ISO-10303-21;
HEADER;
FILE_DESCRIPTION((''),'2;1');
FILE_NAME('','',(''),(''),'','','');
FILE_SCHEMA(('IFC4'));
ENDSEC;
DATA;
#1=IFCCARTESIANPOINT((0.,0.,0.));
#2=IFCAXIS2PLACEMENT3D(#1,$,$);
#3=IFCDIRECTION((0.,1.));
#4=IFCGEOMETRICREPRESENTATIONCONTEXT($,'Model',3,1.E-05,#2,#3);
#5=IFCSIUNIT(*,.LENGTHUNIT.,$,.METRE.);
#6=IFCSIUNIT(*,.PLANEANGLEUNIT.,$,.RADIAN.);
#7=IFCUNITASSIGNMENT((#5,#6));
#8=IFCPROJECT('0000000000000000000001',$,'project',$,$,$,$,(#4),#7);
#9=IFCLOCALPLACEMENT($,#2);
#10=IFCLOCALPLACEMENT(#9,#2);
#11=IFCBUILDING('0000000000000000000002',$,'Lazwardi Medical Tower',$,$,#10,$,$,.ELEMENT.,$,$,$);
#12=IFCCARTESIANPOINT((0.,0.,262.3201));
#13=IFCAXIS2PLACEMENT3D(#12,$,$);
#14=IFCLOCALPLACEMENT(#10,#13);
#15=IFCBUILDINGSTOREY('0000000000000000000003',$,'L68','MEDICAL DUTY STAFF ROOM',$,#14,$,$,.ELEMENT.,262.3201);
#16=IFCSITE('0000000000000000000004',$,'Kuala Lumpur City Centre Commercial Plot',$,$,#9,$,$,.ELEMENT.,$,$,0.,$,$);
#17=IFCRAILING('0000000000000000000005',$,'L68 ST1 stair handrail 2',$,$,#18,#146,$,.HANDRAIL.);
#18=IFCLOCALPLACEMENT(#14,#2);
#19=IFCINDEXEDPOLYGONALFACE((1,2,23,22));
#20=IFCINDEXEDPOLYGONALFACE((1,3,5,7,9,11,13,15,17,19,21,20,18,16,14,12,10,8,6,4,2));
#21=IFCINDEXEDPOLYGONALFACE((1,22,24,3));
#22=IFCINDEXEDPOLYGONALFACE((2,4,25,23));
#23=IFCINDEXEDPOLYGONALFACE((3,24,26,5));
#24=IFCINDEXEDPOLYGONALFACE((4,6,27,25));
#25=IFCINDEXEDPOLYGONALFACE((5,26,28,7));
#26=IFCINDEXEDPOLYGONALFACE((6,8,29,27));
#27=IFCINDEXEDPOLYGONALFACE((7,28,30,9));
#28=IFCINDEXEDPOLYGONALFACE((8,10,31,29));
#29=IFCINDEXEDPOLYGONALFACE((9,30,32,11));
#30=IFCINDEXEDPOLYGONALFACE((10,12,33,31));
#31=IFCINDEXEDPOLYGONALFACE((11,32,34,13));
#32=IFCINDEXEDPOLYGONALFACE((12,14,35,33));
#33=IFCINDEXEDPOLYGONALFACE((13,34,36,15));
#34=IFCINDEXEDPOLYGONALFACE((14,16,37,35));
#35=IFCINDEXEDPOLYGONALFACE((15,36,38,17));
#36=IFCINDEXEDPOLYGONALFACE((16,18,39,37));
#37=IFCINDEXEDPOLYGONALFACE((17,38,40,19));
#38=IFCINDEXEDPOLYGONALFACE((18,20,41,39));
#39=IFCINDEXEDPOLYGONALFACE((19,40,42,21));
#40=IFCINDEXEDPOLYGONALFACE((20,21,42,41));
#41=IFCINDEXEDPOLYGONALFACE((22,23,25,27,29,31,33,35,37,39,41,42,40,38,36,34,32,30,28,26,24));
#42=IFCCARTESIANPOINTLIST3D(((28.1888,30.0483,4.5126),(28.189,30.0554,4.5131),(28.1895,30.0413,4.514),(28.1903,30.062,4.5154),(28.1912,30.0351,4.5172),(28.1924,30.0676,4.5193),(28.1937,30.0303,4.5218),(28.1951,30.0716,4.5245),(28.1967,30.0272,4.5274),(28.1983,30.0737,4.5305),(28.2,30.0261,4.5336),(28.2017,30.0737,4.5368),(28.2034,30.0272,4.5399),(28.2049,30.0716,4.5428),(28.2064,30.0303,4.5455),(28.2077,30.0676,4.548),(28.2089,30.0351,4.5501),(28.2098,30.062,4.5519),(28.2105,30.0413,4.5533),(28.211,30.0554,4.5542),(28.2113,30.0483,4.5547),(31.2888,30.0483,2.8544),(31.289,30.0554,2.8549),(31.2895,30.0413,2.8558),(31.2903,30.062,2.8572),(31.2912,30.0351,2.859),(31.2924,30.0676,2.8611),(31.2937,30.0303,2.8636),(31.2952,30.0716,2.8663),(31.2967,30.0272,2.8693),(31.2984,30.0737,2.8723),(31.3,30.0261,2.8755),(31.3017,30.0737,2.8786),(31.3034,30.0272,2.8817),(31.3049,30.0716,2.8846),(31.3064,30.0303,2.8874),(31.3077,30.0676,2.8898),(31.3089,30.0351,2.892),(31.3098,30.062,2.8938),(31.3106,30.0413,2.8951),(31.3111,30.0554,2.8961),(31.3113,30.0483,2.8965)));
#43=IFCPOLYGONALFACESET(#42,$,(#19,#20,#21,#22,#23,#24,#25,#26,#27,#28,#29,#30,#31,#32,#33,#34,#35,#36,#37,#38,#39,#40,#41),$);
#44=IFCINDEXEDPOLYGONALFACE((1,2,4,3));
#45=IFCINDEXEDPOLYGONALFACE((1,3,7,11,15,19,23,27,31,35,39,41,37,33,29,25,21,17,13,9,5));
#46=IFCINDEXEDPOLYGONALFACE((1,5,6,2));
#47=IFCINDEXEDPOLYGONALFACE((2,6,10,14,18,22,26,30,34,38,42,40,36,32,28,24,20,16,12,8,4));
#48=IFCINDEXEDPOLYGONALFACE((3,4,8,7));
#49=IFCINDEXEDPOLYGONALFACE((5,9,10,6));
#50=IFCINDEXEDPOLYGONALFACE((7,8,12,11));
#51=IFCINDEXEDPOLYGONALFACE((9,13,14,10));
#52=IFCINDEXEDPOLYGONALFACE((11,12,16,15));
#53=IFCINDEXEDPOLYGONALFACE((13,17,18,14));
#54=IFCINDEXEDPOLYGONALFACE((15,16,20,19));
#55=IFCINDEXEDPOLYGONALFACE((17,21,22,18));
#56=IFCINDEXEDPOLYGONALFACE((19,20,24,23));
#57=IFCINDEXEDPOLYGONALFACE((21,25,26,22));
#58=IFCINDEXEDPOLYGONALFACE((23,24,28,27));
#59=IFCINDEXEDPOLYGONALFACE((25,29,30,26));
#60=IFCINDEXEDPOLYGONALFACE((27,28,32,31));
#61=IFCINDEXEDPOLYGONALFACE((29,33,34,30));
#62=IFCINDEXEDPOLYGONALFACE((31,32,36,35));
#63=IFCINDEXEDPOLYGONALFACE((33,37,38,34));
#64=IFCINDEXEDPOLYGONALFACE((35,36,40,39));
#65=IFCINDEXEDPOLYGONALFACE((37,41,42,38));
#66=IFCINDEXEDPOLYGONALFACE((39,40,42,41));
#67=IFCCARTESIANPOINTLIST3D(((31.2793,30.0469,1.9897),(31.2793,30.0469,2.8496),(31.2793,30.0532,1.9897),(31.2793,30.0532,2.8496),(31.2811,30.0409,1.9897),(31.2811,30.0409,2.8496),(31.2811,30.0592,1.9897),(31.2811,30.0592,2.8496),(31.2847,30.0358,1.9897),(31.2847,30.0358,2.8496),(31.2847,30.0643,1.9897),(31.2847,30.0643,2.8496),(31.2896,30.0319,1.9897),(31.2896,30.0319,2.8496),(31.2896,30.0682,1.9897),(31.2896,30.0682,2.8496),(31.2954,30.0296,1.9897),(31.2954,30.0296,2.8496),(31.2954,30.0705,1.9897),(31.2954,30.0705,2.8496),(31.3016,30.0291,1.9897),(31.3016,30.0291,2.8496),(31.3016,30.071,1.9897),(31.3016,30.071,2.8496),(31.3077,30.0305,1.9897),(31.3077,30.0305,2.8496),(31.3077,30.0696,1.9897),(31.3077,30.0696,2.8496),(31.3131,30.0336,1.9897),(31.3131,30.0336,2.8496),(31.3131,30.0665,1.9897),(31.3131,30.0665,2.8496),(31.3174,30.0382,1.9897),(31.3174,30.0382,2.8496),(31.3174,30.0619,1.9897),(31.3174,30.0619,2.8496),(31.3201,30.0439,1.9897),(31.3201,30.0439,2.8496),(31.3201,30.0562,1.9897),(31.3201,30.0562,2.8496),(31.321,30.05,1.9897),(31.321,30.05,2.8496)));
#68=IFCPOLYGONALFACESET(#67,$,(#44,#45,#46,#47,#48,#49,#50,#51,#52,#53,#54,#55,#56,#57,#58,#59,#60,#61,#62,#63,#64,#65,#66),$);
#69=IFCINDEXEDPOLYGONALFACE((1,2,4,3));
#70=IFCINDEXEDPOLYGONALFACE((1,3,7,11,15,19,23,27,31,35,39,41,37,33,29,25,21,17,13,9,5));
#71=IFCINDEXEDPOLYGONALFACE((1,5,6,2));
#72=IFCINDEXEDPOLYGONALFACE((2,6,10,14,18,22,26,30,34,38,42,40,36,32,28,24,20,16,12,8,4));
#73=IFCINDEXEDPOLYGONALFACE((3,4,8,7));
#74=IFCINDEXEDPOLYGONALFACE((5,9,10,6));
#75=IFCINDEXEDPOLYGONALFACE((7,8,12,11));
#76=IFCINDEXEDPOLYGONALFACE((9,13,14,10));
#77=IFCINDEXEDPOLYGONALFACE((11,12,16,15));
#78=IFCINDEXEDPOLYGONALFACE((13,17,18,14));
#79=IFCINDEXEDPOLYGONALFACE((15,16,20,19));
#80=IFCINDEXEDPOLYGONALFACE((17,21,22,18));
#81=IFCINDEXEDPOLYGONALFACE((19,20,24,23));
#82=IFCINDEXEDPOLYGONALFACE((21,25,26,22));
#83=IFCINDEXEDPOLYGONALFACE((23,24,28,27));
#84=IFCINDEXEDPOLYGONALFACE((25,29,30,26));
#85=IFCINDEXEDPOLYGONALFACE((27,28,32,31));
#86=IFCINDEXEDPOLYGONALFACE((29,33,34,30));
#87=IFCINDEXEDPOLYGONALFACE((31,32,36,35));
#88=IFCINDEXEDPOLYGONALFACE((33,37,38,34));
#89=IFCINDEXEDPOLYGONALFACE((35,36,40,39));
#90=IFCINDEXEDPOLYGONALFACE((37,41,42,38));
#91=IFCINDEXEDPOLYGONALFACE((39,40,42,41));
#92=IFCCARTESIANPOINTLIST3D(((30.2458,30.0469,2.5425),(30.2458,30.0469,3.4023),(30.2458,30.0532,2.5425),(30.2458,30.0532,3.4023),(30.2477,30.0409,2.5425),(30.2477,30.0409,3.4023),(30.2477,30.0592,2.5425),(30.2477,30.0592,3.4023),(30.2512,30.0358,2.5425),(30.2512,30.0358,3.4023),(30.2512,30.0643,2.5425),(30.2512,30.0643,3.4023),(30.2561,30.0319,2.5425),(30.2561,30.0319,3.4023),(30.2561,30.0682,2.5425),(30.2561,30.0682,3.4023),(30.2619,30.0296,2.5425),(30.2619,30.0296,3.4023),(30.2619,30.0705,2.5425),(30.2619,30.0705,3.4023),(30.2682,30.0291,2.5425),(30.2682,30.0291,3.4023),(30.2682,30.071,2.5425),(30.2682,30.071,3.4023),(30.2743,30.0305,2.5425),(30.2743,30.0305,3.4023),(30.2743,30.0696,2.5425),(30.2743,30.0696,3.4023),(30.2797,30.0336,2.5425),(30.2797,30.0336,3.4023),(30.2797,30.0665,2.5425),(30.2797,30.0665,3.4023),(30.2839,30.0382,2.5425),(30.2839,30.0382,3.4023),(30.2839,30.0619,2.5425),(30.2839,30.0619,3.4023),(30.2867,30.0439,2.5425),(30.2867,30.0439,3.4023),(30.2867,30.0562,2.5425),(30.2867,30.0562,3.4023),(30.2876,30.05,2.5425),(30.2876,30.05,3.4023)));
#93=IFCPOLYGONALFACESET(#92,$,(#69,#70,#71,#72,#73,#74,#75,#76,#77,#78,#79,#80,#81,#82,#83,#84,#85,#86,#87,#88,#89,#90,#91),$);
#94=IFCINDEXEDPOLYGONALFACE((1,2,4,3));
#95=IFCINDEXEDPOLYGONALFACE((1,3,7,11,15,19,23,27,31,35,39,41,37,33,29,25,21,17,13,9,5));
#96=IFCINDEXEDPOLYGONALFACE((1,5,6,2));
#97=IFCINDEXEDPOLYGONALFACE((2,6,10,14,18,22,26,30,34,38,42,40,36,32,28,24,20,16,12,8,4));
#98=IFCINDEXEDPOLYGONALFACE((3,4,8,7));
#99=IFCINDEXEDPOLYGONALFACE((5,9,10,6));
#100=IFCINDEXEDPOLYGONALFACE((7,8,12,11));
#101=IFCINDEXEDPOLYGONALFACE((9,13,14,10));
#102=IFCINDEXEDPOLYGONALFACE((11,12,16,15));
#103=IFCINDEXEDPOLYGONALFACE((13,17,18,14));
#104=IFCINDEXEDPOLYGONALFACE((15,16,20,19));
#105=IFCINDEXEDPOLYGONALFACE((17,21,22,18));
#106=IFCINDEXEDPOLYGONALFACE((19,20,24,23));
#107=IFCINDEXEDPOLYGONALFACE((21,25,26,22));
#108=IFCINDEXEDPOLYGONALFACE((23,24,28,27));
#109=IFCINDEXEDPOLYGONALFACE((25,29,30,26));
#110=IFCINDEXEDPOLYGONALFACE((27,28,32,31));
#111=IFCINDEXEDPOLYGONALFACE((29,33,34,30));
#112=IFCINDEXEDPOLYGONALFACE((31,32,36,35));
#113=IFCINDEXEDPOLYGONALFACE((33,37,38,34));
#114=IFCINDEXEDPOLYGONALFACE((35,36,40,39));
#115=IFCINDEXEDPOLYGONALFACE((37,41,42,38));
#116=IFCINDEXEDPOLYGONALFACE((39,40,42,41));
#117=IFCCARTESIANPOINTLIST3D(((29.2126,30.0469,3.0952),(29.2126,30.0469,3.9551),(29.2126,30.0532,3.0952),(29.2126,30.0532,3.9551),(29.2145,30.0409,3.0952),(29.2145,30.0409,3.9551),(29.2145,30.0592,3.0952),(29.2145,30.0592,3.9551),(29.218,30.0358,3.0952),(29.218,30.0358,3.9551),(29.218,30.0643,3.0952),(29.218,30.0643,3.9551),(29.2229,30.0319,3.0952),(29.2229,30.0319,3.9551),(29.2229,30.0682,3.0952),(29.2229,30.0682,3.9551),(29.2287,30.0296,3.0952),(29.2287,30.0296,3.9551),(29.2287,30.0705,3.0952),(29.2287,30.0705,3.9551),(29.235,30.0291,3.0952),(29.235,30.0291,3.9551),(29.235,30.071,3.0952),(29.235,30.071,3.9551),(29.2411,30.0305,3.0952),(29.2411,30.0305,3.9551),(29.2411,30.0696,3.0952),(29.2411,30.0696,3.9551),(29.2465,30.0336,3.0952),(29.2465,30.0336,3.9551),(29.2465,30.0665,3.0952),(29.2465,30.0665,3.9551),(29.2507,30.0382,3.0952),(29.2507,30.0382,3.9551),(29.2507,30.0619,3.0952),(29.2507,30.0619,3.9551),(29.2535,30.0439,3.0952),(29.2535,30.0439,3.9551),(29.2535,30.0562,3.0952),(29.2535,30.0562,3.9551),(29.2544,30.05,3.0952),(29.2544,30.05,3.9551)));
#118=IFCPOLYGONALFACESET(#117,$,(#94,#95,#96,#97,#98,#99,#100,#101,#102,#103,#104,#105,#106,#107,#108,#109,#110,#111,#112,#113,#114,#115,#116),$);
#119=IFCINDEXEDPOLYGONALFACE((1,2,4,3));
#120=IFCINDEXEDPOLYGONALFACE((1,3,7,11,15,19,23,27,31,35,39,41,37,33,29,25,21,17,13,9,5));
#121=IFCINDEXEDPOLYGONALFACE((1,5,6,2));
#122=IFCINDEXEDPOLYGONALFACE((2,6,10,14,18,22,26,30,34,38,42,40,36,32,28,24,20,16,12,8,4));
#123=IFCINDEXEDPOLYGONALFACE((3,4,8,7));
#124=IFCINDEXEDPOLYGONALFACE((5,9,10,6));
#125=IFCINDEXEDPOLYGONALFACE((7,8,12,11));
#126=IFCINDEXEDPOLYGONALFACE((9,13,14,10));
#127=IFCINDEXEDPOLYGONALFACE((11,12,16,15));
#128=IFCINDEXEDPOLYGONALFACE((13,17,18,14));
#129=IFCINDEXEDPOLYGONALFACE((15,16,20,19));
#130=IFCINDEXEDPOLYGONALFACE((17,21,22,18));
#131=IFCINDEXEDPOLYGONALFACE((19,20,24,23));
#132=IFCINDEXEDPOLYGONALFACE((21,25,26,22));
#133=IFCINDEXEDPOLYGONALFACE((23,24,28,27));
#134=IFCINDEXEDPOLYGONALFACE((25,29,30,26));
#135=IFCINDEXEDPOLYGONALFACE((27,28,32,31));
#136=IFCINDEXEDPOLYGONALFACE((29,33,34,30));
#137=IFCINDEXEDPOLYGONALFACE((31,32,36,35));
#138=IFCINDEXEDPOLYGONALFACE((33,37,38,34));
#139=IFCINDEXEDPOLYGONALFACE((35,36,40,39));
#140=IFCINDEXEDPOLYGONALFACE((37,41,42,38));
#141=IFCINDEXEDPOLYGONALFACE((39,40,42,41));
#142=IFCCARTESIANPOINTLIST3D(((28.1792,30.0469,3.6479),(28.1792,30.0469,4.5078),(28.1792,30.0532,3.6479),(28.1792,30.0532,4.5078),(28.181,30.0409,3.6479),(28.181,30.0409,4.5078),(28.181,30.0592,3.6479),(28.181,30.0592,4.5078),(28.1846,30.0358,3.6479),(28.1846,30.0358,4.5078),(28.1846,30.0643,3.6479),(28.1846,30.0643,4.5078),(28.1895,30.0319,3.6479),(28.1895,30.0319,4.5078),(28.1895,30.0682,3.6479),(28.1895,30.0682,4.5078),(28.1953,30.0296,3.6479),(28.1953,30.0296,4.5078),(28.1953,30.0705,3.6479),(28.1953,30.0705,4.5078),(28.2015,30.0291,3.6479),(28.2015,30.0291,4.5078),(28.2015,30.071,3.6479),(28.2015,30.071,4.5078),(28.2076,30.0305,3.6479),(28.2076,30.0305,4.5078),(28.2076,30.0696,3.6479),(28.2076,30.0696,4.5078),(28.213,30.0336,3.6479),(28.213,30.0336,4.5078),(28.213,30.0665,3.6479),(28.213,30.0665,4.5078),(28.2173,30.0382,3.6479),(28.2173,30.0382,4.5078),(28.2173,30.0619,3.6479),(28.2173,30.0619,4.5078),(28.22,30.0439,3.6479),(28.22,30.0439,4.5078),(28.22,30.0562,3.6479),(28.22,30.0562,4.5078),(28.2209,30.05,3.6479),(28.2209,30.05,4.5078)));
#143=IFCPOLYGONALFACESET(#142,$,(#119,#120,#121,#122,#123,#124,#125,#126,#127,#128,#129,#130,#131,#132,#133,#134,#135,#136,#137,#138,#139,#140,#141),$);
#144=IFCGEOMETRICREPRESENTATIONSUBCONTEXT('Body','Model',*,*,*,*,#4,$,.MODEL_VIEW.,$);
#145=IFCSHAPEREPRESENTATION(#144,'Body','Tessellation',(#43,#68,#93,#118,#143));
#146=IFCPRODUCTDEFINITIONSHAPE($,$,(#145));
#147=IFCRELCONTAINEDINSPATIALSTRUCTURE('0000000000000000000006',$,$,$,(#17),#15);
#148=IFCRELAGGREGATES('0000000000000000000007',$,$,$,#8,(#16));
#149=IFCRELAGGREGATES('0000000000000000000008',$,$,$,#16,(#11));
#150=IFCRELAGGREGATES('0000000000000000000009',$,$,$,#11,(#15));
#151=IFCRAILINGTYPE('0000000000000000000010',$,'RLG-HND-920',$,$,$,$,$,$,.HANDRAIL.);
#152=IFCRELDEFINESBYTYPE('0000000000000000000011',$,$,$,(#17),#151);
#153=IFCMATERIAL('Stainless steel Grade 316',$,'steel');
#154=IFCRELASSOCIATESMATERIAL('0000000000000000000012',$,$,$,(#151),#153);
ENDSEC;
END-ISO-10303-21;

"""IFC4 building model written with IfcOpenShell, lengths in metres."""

from ifc_helpers import new_model, si_unit, direction, frame, origin, origin_2d, place, context, subcontext, project, spatial, circle, extrude, material, type_object, element, save


model = new_model("IFC4")

# Units and contexts
model_context = context("Model", 3, precision=1e-05, world=origin(), true_north=direction((0.0, 1.0)))
body_context = subcontext(model_context, "Body", "Model", "MODEL_VIEW")
ifc_project = project(units=[si_unit("LENGTHUNIT", "METRE"), si_unit("PLANEANGLEUNIT", "RADIAN")], contexts=[model_context])

# Site, building, storey
site_placement = place(None, origin())
site = spatial("IfcSite", under=ifc_project, at=site_placement, Name="Kuala Lumpur City Centre Commercial Plot", CompositionType="ELEMENT", RefElevation=0.0)
building_placement = place(site_placement, origin())
building = spatial("IfcBuilding", under=site, at=building_placement, Name="Lazwardi Medical Tower", CompositionType="ELEMENT")
storey_placement = place(building_placement, frame((0.0, 0.0, 262.3201)))
storey = spatial("IfcBuildingStorey", under=building, at=storey_placement, Name="L68", Description="MEDICAL DUTY STAFF ROOM", CompositionType="ELEMENT", Elevation=262.3201)

# Railing
ifc_material_1 = material(Name="Stainless steel Grade 316", Category="steel")
railing_type = type_object("IfcRailingType", Name="RLG-HND-920", PredefinedType="HANDRAIL", material=ifc_material_1)
railing_placement = place(storey_placement, frame((31.3, 30.05, 1.9897)))
element("IfcRailing", 1, at=railing_placement, inside=storey, type_object=railing_type, Name="L68 ST1 stair handrail 2", PredefinedType="HANDRAIL", context=body_context, shape_type="SweptSolid", body=[
    extrude(circle(Radius=0.0239, at=origin_2d()), frame((0.0, 0.0, 0.8857), z_axis=(-0.881783, 0.0, 0.471655), x_axis=(0.0, -1.0, 0.0)), (0.0, 0.0, 1.0), 3.5156),
    extrude(circle(Radius=0.021, at=origin_2d()), origin(), (0.0, 0.0, 1.0), 0.8599),
    extrude(circle(Radius=0.021, at=origin_2d()), frame((-1.0334, 0.0, 0.5527)), (0.0, 0.0, 1.0), 0.8599),
    extrude(circle(Radius=0.021, at=origin_2d()), frame((-2.0667, 0.0, 1.1055)), (0.0, 0.0, 1.0), 0.8599),
    extrude(circle(Radius=0.021, at=origin_2d()), frame((-3.1001, 0.0, 1.6582)), (0.0, 0.0, 1.0), 0.8599),
])

save(model, "model.ifc")
